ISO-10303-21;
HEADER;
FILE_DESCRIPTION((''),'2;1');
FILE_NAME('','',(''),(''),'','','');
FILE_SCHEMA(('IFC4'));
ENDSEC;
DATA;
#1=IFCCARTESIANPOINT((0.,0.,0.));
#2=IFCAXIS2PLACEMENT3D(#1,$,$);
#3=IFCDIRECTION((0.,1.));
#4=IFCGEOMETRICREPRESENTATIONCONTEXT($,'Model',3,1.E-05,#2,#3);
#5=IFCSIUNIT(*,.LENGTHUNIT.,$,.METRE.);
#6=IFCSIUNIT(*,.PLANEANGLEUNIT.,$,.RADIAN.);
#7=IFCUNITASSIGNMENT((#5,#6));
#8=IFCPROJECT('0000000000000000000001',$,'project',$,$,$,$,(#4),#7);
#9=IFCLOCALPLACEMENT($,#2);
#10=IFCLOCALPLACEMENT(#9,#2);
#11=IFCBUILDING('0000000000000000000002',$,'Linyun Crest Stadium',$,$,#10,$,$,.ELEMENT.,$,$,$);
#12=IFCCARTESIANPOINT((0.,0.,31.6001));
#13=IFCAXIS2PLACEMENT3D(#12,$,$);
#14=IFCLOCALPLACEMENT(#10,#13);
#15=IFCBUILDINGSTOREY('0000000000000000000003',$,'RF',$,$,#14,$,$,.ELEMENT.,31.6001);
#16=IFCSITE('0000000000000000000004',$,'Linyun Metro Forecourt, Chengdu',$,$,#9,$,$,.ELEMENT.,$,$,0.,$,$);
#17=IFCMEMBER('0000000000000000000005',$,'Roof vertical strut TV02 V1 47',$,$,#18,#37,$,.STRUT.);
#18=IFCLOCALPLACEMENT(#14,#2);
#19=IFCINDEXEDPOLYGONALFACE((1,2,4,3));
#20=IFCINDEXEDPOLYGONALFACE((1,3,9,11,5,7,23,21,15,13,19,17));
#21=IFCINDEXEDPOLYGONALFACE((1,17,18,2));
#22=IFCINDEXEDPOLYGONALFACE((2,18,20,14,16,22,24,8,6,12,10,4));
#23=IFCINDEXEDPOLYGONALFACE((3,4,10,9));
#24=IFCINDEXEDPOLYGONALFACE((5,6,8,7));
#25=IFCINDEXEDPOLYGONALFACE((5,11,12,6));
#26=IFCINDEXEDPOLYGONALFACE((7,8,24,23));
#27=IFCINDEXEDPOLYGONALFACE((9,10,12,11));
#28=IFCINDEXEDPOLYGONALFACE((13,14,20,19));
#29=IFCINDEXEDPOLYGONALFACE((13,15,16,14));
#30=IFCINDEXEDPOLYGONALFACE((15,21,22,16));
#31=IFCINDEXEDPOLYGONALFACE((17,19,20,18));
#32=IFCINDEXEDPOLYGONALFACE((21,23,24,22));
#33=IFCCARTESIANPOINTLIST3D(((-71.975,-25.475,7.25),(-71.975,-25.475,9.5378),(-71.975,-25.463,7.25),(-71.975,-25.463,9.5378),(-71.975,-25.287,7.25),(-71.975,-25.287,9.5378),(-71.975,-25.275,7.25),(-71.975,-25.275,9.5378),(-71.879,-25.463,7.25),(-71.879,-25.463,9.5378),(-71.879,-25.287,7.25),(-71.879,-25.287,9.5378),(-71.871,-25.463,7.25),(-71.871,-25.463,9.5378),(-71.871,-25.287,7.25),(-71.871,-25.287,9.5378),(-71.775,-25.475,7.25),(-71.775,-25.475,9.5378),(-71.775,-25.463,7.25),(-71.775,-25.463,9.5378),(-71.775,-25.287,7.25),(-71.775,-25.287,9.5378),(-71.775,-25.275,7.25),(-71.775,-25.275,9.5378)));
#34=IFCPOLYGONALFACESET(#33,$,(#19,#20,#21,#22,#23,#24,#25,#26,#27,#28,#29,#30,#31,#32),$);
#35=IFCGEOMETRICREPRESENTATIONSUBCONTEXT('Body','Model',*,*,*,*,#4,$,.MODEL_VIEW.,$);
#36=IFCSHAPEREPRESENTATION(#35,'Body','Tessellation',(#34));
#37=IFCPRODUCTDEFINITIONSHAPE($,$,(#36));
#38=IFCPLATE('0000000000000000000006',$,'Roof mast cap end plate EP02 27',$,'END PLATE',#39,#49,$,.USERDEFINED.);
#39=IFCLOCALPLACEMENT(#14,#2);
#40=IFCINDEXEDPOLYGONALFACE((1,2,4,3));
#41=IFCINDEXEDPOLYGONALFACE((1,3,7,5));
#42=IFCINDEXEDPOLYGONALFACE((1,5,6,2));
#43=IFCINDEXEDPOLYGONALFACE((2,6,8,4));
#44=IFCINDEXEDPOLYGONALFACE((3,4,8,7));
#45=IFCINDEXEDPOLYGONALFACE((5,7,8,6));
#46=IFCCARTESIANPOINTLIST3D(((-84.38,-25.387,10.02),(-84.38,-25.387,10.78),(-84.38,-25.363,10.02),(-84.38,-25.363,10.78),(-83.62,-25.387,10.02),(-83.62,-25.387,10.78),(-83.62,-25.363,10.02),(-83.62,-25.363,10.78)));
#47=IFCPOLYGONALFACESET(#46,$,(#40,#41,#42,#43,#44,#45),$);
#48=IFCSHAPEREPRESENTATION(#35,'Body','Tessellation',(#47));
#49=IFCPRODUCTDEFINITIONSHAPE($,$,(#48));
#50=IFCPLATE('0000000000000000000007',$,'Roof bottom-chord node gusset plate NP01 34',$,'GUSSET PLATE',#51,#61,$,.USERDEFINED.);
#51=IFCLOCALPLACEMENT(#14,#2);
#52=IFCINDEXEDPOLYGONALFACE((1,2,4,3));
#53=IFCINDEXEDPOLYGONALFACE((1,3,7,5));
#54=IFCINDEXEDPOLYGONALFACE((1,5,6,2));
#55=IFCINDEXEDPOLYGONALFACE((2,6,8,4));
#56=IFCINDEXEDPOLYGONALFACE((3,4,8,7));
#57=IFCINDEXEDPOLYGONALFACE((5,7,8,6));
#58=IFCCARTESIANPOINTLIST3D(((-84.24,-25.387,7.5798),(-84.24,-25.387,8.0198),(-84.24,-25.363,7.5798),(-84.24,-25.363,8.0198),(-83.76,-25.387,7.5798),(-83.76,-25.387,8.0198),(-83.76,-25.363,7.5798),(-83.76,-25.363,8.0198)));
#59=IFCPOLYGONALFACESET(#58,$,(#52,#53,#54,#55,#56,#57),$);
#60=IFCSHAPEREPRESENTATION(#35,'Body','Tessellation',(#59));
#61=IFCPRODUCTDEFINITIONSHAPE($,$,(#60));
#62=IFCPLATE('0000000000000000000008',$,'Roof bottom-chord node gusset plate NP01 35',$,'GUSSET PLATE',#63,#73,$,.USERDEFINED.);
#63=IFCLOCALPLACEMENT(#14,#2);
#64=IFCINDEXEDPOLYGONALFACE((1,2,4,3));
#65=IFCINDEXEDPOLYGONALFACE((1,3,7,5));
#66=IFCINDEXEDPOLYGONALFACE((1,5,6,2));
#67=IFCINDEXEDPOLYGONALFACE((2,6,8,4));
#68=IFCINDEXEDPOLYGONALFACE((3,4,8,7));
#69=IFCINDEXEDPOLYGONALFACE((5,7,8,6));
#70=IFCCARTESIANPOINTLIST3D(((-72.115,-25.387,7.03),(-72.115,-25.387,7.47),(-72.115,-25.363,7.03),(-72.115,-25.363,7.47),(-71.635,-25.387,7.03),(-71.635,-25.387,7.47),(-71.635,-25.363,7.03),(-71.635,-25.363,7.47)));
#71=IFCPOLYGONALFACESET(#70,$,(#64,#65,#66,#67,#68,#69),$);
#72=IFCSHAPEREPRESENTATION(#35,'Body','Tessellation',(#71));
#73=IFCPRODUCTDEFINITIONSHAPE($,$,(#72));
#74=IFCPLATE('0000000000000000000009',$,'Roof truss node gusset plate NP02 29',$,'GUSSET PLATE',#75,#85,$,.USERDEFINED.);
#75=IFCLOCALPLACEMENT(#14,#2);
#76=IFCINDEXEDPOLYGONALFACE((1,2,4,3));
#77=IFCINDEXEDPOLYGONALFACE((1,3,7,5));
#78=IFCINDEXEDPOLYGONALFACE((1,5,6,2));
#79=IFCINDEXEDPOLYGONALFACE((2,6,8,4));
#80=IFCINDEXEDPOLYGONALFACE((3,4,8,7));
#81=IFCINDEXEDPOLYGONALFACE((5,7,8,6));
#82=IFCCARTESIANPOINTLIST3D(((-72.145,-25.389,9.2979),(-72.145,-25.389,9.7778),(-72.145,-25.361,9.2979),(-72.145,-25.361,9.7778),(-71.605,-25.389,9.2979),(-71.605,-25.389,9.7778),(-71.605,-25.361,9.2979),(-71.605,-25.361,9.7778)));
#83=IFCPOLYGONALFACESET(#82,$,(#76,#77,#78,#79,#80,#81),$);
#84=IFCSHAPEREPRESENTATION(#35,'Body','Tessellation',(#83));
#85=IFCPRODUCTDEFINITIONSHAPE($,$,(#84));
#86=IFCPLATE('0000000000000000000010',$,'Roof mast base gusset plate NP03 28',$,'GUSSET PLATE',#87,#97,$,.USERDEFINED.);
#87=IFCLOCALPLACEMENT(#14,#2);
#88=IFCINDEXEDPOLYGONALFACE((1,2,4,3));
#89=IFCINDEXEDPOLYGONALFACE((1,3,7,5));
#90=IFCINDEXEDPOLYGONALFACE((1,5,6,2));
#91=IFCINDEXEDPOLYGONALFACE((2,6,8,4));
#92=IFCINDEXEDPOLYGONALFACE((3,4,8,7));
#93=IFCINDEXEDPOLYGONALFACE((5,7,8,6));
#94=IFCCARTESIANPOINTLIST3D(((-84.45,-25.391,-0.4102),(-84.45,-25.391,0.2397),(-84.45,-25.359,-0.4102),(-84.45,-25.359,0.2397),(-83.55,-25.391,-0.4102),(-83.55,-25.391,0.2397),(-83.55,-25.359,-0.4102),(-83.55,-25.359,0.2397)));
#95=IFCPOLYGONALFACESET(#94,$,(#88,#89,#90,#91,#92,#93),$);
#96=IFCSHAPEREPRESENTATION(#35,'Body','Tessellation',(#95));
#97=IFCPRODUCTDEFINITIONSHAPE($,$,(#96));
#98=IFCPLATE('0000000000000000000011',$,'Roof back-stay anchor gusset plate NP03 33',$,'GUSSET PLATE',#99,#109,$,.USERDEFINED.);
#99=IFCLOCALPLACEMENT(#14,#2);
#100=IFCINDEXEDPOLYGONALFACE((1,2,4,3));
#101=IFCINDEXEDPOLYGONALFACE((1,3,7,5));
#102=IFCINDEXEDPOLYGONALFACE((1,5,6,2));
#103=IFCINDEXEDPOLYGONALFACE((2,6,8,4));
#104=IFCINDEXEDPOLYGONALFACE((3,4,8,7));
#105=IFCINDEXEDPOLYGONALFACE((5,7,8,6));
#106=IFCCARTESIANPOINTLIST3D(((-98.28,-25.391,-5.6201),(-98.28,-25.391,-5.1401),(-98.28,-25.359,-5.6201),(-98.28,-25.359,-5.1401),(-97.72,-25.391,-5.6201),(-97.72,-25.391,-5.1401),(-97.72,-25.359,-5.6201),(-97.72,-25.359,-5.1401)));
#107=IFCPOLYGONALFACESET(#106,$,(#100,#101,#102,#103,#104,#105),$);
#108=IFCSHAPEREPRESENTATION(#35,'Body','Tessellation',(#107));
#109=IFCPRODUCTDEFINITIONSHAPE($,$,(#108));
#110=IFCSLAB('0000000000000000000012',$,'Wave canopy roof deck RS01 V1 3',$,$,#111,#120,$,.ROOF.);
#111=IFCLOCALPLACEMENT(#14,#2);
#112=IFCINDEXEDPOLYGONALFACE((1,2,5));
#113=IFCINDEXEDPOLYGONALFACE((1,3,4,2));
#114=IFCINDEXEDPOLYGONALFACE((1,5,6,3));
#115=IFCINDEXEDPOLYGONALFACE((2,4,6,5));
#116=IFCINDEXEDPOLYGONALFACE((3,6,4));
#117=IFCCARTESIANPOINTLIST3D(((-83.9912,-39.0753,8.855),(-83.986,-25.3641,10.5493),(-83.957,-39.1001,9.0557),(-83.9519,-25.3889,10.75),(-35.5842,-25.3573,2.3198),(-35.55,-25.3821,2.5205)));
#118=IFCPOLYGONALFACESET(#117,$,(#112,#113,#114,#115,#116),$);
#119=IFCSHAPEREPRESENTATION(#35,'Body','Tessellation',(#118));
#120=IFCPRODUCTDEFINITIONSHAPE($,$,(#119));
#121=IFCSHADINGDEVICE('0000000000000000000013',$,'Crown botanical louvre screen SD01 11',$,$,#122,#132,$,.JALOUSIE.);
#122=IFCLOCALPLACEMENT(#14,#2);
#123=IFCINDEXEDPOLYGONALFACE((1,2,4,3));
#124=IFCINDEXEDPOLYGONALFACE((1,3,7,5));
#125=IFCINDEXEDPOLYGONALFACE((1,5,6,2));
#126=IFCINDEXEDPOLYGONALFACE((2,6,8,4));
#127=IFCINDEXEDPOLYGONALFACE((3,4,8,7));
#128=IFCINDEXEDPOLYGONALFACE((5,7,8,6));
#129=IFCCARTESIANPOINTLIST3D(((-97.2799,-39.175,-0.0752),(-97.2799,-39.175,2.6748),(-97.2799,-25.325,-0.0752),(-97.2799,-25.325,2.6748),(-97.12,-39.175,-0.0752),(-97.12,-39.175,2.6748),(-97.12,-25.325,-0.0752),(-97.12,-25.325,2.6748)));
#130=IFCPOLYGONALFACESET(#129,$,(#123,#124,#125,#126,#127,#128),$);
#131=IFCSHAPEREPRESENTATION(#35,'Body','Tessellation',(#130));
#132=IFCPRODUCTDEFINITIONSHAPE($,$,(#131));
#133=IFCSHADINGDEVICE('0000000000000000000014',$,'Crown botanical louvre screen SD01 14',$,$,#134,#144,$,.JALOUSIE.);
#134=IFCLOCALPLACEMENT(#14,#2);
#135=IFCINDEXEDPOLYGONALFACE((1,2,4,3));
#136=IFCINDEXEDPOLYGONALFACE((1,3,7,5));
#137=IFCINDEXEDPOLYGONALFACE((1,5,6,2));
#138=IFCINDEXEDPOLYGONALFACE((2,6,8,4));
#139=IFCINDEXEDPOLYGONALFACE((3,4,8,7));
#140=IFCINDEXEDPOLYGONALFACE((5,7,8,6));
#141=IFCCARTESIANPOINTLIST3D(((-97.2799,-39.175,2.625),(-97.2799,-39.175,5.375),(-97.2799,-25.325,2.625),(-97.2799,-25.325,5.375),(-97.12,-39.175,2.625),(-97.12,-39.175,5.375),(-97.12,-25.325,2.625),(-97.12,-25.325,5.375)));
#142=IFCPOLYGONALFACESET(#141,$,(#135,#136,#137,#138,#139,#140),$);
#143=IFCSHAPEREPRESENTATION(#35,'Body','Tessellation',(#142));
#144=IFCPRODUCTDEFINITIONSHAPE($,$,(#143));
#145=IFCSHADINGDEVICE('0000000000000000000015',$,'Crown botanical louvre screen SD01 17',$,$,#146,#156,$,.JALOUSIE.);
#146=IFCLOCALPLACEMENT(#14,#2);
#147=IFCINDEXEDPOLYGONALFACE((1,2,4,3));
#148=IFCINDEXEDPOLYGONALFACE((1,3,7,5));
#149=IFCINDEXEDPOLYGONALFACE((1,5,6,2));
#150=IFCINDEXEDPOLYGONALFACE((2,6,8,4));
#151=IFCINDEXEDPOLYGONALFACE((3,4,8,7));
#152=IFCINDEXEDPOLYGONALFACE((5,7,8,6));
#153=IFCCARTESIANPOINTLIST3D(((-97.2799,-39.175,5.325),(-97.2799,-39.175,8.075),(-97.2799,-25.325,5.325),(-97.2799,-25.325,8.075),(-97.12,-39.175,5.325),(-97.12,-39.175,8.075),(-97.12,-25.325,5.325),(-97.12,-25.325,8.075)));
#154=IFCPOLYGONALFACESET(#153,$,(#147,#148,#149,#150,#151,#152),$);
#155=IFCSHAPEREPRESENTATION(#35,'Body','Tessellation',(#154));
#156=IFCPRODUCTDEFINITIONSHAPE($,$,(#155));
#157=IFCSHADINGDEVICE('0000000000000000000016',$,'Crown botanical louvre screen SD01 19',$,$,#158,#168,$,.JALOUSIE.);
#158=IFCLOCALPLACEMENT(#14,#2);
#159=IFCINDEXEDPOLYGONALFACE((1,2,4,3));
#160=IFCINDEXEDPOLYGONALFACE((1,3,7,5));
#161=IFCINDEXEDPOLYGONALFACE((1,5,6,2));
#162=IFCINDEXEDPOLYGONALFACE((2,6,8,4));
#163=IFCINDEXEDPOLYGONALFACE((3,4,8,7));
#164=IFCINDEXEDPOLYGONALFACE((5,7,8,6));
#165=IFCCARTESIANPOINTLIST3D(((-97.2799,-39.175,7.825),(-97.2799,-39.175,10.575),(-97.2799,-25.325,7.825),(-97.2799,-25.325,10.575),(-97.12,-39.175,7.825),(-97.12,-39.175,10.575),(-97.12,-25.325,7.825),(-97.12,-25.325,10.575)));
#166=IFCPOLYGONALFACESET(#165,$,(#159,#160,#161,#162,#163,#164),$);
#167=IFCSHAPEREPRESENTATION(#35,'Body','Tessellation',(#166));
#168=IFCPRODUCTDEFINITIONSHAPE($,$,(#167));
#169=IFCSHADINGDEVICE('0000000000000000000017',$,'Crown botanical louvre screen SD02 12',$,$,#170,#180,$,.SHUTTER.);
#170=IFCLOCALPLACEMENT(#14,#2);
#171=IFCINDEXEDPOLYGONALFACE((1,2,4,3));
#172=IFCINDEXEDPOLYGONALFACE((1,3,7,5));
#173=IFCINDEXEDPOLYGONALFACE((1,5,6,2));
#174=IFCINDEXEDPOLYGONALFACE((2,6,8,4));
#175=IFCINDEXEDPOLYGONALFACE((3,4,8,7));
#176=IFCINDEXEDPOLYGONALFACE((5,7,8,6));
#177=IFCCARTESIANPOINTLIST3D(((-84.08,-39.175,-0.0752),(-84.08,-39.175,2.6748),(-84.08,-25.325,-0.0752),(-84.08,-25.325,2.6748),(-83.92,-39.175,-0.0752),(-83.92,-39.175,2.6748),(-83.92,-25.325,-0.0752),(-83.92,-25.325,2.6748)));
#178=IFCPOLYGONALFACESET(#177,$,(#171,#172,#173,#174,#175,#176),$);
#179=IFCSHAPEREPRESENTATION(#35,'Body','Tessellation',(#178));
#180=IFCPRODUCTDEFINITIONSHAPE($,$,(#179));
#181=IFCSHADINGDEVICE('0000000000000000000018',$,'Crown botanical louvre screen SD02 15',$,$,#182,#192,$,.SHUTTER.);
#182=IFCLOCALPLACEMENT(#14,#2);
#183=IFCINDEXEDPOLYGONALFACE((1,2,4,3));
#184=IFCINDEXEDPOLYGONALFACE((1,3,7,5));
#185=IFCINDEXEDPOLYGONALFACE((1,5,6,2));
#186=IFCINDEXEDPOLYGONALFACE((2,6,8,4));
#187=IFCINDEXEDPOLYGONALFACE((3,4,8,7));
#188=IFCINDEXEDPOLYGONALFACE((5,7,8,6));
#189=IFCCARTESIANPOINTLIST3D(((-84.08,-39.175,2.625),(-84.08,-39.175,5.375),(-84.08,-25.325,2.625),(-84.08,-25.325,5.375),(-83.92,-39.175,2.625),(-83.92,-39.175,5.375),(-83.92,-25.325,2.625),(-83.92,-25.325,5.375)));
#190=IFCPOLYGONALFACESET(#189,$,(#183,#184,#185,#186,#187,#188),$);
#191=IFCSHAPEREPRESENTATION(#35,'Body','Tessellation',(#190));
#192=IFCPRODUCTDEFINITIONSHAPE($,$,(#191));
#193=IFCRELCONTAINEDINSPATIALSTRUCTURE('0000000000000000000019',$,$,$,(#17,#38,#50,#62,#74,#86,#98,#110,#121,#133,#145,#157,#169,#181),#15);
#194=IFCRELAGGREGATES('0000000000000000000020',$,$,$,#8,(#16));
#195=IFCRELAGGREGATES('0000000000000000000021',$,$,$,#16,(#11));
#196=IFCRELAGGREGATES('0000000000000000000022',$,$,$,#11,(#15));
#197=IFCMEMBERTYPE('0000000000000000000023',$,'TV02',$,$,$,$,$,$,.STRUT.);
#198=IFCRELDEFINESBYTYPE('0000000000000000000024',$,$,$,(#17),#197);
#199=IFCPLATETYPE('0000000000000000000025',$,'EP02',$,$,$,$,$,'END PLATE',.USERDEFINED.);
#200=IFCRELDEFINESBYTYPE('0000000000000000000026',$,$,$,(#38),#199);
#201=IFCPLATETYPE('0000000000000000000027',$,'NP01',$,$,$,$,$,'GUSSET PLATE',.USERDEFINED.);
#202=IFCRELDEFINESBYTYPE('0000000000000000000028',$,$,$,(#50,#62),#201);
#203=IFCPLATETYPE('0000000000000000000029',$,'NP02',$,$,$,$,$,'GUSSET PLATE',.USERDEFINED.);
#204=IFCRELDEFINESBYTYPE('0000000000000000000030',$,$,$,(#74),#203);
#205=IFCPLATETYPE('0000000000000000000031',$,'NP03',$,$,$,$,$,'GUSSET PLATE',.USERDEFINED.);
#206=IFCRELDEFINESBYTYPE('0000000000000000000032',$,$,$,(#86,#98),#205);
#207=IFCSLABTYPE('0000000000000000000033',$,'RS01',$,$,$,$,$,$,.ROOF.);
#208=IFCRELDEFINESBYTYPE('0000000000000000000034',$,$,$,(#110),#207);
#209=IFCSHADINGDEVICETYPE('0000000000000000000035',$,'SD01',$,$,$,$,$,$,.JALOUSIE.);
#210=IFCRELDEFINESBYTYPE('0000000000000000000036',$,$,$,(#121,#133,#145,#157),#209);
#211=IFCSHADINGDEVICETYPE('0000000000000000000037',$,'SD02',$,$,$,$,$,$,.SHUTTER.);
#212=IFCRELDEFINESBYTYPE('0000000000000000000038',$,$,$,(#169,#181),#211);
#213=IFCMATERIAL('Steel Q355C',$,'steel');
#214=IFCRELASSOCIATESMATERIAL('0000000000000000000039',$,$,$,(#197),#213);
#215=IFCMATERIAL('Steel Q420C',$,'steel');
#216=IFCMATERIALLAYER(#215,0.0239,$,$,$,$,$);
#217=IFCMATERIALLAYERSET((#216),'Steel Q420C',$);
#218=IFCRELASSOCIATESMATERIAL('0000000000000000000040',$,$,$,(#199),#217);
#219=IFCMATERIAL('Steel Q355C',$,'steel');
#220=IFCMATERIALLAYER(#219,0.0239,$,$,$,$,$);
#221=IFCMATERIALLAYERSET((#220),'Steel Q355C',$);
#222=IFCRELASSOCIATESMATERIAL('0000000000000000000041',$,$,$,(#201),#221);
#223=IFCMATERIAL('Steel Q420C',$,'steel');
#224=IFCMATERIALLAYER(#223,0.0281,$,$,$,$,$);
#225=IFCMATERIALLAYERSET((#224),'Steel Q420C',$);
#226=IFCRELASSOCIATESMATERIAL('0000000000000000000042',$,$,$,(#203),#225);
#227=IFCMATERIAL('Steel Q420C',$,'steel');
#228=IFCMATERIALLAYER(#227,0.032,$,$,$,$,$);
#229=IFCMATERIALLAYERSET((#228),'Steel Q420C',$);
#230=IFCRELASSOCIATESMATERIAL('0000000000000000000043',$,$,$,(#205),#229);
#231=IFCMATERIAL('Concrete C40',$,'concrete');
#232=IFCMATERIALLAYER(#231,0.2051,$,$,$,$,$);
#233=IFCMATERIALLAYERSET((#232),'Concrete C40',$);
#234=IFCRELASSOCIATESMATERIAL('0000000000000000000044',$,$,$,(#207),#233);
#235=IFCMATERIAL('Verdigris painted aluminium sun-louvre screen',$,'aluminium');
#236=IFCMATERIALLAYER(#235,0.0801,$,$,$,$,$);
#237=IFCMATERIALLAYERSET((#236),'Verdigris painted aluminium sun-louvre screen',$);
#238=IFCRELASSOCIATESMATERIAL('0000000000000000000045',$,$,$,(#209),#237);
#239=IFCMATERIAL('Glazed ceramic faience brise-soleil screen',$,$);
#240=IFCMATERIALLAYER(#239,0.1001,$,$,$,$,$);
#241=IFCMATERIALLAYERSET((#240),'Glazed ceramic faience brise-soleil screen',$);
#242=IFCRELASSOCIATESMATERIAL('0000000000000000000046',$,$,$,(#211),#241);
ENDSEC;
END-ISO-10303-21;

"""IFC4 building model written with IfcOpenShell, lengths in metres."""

from ifc_helpers import new_model, si_unit, direction, frame, origin, origin_2d, place, context, subcontext, project, spatial, polyline, rectangle, i_section, outline, extrude, material, layer, layer_set, material_profile, profile_set, type_object, element, save


model = new_model("IFC4")

# Units and contexts
model_context = context("Model", 3, precision=1e-05, world=origin(), true_north=direction((0.0, 1.0)))
body_context = subcontext(model_context, "Body", "Model", "MODEL_VIEW")
ifc_project = project(units=[si_unit("LENGTHUNIT", "METRE"), si_unit("PLANEANGLEUNIT", "RADIAN")], contexts=[model_context])

# Site, building, storey
site_placement = place(None, origin())
site = spatial("IfcSite", under=ifc_project, at=site_placement, Name="Linyun Metro Forecourt, Chengdu", CompositionType="ELEMENT", RefElevation=0.0)
building_placement = place(site_placement, origin())
building = spatial("IfcBuilding", under=site, at=building_placement, Name="Linyun Crest Stadium", CompositionType="ELEMENT")
storey_placement = place(building_placement, frame((0.0, 0.0, 31.6001)))
storey = spatial("IfcBuildingStorey", under=building, at=storey_placement, Name="RF", CompositionType="ELEMENT", Elevation=31.6001)

# Member
ifc_material_1 = material(Name="Steel Q355C", Category="steel")
ifc_material_profile_1 = material_profile(ifc_material_1, i_section(OverallWidth=0.2, OverallDepth=0.2, WebThickness=0.0081, FlangeThickness=0.012, at=origin_2d()), Name="HW 200x200")
ifc_profile_set_1 = profile_set([ifc_material_profile_1], Name="Steel Q355C")
member_type_1 = type_object("IfcMemberType", Name="TV02", PredefinedType="STRUT", material=ifc_profile_set_1)
member_1_placement = place(storey_placement, frame((-71.875, -25.375, 7.25), z_axis=(0.0, 0.0, 1.0), x_axis=(1.0, 0.0, 0.0)))
element("IfcMember", 1, at=member_1_placement, inside=storey, type_object=member_type_1, Name="Roof vertical strut TV02 V1 47", PredefinedType="STRUT", context=body_context, shape_type="SweptSolid", body=[
    extrude(i_section(OverallWidth=0.2, OverallDepth=0.2, WebThickness=0.0081, FlangeThickness=0.012, at=origin_2d()), origin(), (0.0, 0.0, 1.0), 2.2878),
])

# Plates
ifc_material_2 = material(Name="Steel Q420C", Category="steel")
ifc_layer_1 = layer(ifc_material_2, 0.0239)
ifc_layer_set_1 = layer_set([ifc_layer_1], Name="Steel Q420C")
plate_type_1 = type_object("IfcPlateType", Name="EP02", ElementType="END PLATE", PredefinedType="USERDEFINED", material=ifc_layer_set_1)
plate_1_placement = place(storey_placement, frame((-84.0, -25.375, 10.02), z_axis=(0.0, 0.0, 1.0), x_axis=(1.0, 0.0, 0.0)))
element("IfcPlate", 2, at=plate_1_placement, inside=storey, type_object=plate_type_1, Name="Roof mast cap end plate EP02 27", ObjectType="END PLATE", PredefinedType="USERDEFINED", context=body_context, shape_type="SweptSolid", body=[
    extrude(rectangle(XDim=0.76, YDim=0.0239, at=origin_2d()), origin(), (0.0, 0.0, 1.0), 0.76),
])
ifc_material_3 = material(Name="Steel Q355C", Category="steel")
ifc_layer_2 = layer(ifc_material_3, 0.0239)
ifc_layer_set_2 = layer_set([ifc_layer_2], Name="Steel Q355C")
plate_type_2 = type_object("IfcPlateType", Name="NP01", ElementType="GUSSET PLATE", PredefinedType="USERDEFINED", material=ifc_layer_set_2)
for number, where, z_axis, x_axis, name in (
    (3, (-84.0, -25.375, 7.5798), (0.0, 0.0, 1.0), (1.0, 0.0, 0.0), "Roof bottom-chord node gusset plate NP01 34"),
    (4, (-71.875, -25.375, 7.03), (0.0, 0.0, 1.0), (1.0, 0.0, 0.0), "Roof bottom-chord node gusset plate NP01 35"),
):
    element("IfcPlate", number, at=place(storey_placement, frame(where, z_axis=z_axis, x_axis=x_axis)), inside=storey, type_object=plate_type_2, Name=name, ObjectType="GUSSET PLATE", PredefinedType="USERDEFINED", context=body_context, shape_type="SweptSolid", body=[
        extrude(rectangle(XDim=0.48, YDim=0.0239, at=origin_2d()), origin(), (0.0, 0.0, 1.0), 0.4399),
    ])
ifc_material_4 = material(Name="Steel Q420C", Category="steel")
ifc_layer_3 = layer(ifc_material_4, 0.0281)
ifc_layer_set_3 = layer_set([ifc_layer_3], Name="Steel Q420C")
plate_type_3 = type_object("IfcPlateType", Name="NP02", ElementType="GUSSET PLATE", PredefinedType="USERDEFINED", material=ifc_layer_set_3)
plate_2_placement = place(storey_placement, frame((-71.875, -25.375, 9.2979), z_axis=(0.0, 0.0, 1.0), x_axis=(1.0, 0.0, 0.0)))
element("IfcPlate", 5, at=plate_2_placement, inside=storey, type_object=plate_type_3, Name="Roof truss node gusset plate NP02 29", ObjectType="GUSSET PLATE", PredefinedType="USERDEFINED", context=body_context, shape_type="SweptSolid", body=[
    extrude(rectangle(XDim=0.54, YDim=0.0281, at=origin_2d()), origin(), (0.0, 0.0, 1.0), 0.48),
])
ifc_material_5 = material(Name="Steel Q420C", Category="steel")
ifc_layer_4 = layer(ifc_material_5, 0.032)
ifc_layer_set_4 = layer_set([ifc_layer_4], Name="Steel Q420C")
plate_type_4 = type_object("IfcPlateType", Name="NP03", ElementType="GUSSET PLATE", PredefinedType="USERDEFINED", material=ifc_layer_set_4)
plate_3_placement = place(storey_placement, frame((-84.0, -25.375, -0.4102), z_axis=(0.0, 0.0, 1.0), x_axis=(1.0, 0.0, 0.0)))
element("IfcPlate", 6, at=plate_3_placement, inside=storey, type_object=plate_type_4, Name="Roof mast base gusset plate NP03 28", ObjectType="GUSSET PLATE", PredefinedType="USERDEFINED", context=body_context, shape_type="SweptSolid", body=[
    extrude(rectangle(XDim=0.8999, YDim=0.032, at=origin_2d()), origin(), (0.0, 0.0, 1.0), 0.6499),
])
plate_4_placement = place(storey_placement, frame((-98.0, -25.375, -5.6201), z_axis=(0.0, 0.0, 1.0), x_axis=(1.0, 0.0, 0.0)))
element("IfcPlate", 7, at=plate_4_placement, inside=storey, type_object=plate_type_4, Name="Roof back-stay anchor gusset plate NP03 33", ObjectType="GUSSET PLATE", PredefinedType="USERDEFINED", context=body_context, shape_type="SweptSolid", body=[
    extrude(rectangle(XDim=0.5601, YDim=0.032, at=origin_2d()), origin(), (0.0, 0.0, 1.0), 0.48),
])

# Slab
ifc_material_6 = material(Name="Concrete C40", Category="concrete")
ifc_layer_5 = layer(ifc_material_6, 0.2051)
ifc_layer_set_5 = layer_set([ifc_layer_5], Name="Concrete C40")
slab_type = type_object("IfcSlabType", Name="RS01", PredefinedType="ROOF", material=ifc_layer_set_5)
slab_placement = place(storey_placement, frame((-83.957, -39.1001, 9.0557), z_axis=(0.166404, -0.120992, 0.978607), x_axis=(0.000371, 0.992451, 0.12264)))
element("IfcSlab", 8, at=slab_placement, inside=storey, type_object=slab_type, Name="Wave canopy roof deck RS01 V1 3", PredefinedType="ROOF", context=body_context, shape_type="SweptSolid", body=[
    extrude(outline(polyline([(0.0, 0.0), (13.8155, 0.0), (12.831, -49.0866), (0.0, 0.0)])), origin(), (0.0, 0.0, -1.0), 0.2051),
])

# Shading devices
ifc_material_7 = material(Name="Verdigris painted aluminium sun-louvre screen", Category="aluminium")
ifc_layer_6 = layer(ifc_material_7, 0.0801)
ifc_layer_set_6 = layer_set([ifc_layer_6], Name="Verdigris painted aluminium sun-louvre screen")
shading_device_type_1 = type_object("IfcShadingDeviceType", Name="SD01", PredefinedType="JALOUSIE", material=ifc_layer_set_6)
for number, where, z_axis, x_axis, name in (
    (9, (-97.2, -32.25, -0.0752), (0.0, 0.0, 1.0), (1.0, 0.0, 0.0), "Crown botanical louvre screen SD01 11"),
    (10, (-97.2, -32.25, 2.625), (0.0, 0.0, 1.0), (1.0, 0.0, 0.0), "Crown botanical louvre screen SD01 14"),
    (11, (-97.2, -32.25, 5.325), (0.0, 0.0, 1.0), (1.0, 0.0, 0.0), "Crown botanical louvre screen SD01 17"),
    (12, (-97.2, -32.25, 7.825), (0.0, 0.0, 1.0), (1.0, 0.0, 0.0), "Crown botanical louvre screen SD01 19"),
):
    element("IfcShadingDevice", number, at=place(storey_placement, frame(where, z_axis=z_axis, x_axis=x_axis)), inside=storey, type_object=shading_device_type_1, Name=name, PredefinedType="JALOUSIE", context=body_context, shape_type="SweptSolid", body=[
        extrude(rectangle(XDim=0.1599, YDim=13.8501, at=origin_2d()), origin(), (0.0, 0.0, 1.0), 2.75),
    ])
ifc_material_8 = material(Name="Glazed ceramic faience brise-soleil screen")
ifc_layer_7 = layer(ifc_material_8, 0.1001)
ifc_layer_set_7 = layer_set([ifc_layer_7], Name="Glazed ceramic faience brise-soleil screen")
shading_device_type_2 = type_object("IfcShadingDeviceType", Name="SD02", PredefinedType="SHUTTER", material=ifc_layer_set_7)
for number, where, z_axis, x_axis, name in (
    (13, (-84.0, -32.25, -0.0752), (0.0, 0.0, 1.0), (1.0, 0.0, 0.0), "Crown botanical louvre screen SD02 12"),
    (14, (-84.0, -32.25, 2.625), (0.0, 0.0, 1.0), (1.0, 0.0, 0.0), "Crown botanical louvre screen SD02 15"),
):
    element("IfcShadingDevice", number, at=place(storey_placement, frame(where, z_axis=z_axis, x_axis=x_axis)), inside=storey, type_object=shading_device_type_2, Name=name, PredefinedType="SHUTTER", context=body_context, shape_type="SweptSolid", body=[
        extrude(rectangle(XDim=0.1599, YDim=13.8501, at=origin_2d()), origin(), (0.0, 0.0, 1.0), 2.75),
    ])

save(model, "model.ifc")
